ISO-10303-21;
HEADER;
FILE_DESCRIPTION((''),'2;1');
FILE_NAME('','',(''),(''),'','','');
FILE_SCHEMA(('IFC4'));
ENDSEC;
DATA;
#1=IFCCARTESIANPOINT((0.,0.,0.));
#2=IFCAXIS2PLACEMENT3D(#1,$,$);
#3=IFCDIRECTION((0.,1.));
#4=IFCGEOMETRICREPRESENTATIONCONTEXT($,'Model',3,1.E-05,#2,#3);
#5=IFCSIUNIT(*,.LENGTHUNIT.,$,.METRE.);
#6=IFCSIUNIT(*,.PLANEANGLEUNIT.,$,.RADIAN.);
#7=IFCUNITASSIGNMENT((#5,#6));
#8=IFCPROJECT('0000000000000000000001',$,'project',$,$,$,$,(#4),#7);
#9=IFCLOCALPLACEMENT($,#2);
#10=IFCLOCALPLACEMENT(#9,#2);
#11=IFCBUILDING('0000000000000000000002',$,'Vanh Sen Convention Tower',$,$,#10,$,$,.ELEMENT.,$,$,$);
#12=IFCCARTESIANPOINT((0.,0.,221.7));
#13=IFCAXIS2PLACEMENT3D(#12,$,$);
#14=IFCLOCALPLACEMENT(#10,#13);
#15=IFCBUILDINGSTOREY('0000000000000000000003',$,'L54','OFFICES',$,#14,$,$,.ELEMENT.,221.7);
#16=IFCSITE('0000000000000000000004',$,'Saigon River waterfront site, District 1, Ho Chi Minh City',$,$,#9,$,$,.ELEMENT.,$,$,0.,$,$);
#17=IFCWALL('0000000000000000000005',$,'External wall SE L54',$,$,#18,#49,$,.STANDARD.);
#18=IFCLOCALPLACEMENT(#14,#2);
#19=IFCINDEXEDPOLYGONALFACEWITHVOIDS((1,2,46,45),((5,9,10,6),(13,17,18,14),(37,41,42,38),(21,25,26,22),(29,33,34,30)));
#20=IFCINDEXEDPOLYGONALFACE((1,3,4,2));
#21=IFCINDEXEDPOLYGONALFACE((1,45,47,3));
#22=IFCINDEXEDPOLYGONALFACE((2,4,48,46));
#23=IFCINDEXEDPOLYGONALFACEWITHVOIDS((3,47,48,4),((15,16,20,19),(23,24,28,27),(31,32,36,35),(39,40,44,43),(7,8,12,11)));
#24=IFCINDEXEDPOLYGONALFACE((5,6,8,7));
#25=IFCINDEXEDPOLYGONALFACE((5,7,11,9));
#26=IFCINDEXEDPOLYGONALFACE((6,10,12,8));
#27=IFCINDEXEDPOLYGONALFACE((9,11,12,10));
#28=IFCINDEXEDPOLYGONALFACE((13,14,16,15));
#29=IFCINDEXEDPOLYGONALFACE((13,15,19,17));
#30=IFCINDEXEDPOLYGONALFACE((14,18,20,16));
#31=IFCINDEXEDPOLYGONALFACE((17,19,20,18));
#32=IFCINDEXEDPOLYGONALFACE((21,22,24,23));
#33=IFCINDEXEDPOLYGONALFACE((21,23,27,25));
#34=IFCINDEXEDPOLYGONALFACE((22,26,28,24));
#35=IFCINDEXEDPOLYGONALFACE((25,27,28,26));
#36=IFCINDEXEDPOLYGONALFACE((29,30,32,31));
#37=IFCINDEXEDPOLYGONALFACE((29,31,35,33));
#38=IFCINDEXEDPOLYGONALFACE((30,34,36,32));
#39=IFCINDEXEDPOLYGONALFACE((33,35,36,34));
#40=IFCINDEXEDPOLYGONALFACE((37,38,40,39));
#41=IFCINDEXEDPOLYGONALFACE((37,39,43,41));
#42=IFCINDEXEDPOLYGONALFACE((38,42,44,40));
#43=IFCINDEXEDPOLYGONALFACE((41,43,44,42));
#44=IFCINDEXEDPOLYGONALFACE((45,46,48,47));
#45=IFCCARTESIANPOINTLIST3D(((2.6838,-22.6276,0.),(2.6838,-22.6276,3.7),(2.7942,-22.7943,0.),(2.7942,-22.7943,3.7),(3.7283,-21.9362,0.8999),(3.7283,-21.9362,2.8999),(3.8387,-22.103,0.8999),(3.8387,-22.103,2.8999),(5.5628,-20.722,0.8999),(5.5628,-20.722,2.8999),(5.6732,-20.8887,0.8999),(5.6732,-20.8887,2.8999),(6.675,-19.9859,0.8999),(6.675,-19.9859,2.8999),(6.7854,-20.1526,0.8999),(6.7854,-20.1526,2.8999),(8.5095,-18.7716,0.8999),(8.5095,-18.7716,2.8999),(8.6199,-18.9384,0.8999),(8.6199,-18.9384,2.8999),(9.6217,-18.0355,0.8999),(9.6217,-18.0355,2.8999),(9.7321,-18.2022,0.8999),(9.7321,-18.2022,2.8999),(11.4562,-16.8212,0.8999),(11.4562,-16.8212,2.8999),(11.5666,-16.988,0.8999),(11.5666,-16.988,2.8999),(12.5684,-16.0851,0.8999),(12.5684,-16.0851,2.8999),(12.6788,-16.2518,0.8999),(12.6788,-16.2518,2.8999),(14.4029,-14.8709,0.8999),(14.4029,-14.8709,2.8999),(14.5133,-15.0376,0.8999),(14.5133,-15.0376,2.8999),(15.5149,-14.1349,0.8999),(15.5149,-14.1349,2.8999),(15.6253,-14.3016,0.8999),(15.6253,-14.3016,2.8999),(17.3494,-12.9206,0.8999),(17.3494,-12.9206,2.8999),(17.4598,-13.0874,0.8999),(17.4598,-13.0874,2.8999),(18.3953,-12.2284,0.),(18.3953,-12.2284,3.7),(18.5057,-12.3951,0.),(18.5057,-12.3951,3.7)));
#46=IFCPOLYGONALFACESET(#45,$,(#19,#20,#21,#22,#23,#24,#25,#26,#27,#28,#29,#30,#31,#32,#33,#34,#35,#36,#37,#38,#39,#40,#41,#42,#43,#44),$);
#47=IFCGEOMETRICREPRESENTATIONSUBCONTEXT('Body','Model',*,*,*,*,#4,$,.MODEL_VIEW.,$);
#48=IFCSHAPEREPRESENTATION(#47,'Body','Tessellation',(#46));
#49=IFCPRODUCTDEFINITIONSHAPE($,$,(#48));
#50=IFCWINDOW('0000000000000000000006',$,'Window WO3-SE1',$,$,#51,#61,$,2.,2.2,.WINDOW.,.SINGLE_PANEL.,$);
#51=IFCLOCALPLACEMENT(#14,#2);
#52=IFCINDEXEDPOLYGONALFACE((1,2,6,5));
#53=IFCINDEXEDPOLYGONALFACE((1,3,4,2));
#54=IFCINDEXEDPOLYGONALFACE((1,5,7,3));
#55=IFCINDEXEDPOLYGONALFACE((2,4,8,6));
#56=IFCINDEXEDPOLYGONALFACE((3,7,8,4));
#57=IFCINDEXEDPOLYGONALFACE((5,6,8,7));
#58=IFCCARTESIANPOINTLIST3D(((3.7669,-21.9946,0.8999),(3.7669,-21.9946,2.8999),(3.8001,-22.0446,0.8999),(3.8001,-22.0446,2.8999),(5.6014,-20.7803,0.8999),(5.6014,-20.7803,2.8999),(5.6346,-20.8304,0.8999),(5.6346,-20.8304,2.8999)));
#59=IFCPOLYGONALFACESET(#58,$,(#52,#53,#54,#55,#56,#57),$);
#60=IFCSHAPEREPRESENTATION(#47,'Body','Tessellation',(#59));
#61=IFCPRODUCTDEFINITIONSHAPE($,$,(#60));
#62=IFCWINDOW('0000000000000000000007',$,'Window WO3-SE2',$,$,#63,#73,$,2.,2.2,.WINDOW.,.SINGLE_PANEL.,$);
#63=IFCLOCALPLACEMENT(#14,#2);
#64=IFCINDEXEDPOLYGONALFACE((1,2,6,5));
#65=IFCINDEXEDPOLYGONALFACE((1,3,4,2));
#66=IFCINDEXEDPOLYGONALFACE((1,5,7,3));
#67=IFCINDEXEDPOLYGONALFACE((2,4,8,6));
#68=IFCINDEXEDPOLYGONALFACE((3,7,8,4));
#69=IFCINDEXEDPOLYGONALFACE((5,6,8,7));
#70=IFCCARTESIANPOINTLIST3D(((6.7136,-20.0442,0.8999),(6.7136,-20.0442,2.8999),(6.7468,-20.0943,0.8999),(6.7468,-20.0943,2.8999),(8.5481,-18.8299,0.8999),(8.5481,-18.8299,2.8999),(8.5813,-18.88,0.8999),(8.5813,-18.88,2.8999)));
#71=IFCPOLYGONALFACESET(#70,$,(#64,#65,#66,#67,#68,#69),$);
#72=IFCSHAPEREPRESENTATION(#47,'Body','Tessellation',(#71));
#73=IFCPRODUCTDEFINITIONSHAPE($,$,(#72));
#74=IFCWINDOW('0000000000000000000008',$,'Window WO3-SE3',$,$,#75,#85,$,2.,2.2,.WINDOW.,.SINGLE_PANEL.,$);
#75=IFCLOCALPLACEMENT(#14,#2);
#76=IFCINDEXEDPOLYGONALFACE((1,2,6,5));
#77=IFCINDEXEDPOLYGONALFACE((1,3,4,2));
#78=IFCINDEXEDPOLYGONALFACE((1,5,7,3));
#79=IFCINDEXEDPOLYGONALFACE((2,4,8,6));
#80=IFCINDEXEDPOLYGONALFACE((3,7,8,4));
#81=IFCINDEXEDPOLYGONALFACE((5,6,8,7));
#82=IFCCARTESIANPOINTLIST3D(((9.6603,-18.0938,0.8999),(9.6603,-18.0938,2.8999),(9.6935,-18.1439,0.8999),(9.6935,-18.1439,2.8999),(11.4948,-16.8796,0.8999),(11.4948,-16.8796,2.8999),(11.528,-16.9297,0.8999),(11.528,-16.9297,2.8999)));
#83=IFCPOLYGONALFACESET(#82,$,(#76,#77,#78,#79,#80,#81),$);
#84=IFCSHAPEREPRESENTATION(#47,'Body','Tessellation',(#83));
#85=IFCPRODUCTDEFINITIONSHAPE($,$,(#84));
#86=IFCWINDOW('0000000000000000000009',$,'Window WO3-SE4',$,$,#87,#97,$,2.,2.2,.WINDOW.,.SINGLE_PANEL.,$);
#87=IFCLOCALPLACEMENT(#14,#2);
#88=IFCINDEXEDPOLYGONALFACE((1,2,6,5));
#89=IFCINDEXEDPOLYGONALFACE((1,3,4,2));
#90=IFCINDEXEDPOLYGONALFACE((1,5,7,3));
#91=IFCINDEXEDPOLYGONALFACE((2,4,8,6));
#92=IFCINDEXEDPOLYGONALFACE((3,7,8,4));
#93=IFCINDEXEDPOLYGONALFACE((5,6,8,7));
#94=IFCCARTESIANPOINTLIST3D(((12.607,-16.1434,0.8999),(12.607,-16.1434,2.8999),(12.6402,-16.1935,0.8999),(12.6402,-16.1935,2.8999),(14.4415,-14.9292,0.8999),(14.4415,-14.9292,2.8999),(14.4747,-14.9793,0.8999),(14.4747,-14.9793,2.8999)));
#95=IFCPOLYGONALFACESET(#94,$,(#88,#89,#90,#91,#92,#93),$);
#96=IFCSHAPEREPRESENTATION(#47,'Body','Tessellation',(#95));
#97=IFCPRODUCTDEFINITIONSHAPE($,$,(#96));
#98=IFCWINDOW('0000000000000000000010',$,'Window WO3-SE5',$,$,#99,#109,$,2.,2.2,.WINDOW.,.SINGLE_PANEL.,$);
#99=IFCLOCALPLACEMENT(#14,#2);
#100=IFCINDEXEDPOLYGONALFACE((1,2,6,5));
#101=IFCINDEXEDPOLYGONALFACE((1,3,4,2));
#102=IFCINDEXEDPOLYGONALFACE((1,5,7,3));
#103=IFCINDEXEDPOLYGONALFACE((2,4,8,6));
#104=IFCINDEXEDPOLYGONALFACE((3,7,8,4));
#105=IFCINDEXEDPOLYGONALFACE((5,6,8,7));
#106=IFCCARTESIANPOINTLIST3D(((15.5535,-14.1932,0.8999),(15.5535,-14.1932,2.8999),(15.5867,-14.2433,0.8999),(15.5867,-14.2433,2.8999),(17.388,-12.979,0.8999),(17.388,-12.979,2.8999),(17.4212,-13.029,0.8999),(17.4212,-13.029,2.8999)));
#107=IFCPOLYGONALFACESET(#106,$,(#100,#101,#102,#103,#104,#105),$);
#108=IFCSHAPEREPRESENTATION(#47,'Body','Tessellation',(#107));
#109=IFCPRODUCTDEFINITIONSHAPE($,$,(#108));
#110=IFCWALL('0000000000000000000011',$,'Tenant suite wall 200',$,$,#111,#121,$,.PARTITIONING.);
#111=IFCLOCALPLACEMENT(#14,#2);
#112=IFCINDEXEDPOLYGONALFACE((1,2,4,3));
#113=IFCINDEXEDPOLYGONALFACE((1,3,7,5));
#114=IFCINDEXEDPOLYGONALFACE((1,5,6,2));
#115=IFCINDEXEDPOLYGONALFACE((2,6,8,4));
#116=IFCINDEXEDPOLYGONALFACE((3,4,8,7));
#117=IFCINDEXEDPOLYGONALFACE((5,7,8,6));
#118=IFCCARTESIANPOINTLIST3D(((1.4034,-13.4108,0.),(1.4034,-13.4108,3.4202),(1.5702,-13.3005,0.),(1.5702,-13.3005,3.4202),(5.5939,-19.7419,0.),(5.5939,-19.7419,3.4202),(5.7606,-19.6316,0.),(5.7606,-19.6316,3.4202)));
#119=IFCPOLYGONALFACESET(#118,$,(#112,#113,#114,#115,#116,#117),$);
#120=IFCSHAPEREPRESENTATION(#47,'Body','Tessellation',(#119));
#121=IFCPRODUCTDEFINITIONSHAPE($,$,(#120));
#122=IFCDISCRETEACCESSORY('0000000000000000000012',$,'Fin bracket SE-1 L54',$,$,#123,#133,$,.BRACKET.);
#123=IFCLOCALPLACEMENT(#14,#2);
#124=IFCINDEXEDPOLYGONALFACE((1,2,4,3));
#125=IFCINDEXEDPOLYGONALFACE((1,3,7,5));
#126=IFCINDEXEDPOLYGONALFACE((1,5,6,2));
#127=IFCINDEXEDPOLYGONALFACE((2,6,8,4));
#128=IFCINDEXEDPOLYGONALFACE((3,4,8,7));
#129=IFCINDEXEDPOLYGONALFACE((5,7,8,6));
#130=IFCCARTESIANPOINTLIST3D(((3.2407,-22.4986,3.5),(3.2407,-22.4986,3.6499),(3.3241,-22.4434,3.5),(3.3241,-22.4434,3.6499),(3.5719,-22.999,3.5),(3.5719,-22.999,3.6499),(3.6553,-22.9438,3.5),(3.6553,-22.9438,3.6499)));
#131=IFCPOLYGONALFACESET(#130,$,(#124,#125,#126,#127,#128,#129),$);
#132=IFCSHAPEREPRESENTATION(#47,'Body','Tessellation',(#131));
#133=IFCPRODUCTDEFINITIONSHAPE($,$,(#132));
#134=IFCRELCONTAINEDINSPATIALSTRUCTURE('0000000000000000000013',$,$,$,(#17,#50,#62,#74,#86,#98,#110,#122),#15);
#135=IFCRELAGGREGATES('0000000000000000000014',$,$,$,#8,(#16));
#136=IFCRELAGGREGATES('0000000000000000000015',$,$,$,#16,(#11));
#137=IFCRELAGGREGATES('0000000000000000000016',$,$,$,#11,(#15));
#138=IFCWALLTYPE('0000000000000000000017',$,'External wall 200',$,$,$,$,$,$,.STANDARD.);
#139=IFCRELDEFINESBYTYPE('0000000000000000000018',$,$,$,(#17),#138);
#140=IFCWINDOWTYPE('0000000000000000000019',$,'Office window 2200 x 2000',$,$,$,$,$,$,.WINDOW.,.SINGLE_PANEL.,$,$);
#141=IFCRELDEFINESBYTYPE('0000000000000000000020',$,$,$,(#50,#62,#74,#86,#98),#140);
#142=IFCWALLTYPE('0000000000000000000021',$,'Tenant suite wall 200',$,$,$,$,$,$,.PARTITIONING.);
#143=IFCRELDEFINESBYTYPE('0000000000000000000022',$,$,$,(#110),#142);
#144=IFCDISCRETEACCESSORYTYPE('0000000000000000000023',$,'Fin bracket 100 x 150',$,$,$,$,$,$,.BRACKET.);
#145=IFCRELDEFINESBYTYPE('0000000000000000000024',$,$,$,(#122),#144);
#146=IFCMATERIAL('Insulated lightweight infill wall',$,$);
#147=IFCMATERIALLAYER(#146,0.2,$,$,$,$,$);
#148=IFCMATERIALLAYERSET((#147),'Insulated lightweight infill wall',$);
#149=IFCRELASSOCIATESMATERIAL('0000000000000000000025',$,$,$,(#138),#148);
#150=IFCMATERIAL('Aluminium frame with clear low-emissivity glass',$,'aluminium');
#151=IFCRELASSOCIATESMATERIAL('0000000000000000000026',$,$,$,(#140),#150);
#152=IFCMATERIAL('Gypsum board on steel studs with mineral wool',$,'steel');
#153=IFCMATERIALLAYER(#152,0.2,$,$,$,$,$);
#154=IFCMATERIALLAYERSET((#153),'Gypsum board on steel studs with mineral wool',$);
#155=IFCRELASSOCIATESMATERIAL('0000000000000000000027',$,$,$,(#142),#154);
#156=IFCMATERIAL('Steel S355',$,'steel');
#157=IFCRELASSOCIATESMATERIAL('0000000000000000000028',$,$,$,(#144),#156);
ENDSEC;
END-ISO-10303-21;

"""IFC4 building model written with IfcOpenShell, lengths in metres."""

from ifc_helpers import new_model, si_unit, direction, frame, frame_2d, origin, origin_2d, place, context, subcontext, project, spatial, rectangle, extrude, material, layer, layer_set, type_object, element, fill, save


model = new_model("IFC4")

# Units and contexts
model_context = context("Model", 3, precision=1e-05, world=origin(), true_north=direction((0.0, 1.0)))
body_context = subcontext(model_context, "Body", "Model", "MODEL_VIEW")
ifc_project = project(units=[si_unit("LENGTHUNIT", "METRE"), si_unit("PLANEANGLEUNIT", "RADIAN")], contexts=[model_context])

# Site, building, storey
site_placement = place(None, origin())
site = spatial("IfcSite", under=ifc_project, at=site_placement, Name="Saigon River waterfront site, District 1, Ho Chi Minh City", CompositionType="ELEMENT", RefElevation=0.0)
building_placement = place(site_placement, origin())
building = spatial("IfcBuilding", under=site, at=building_placement, Name="Vanh Sen Convention Tower", CompositionType="ELEMENT")
storey_placement = place(building_placement, frame((0.0, 0.0, 221.7)))
storey = spatial("IfcBuildingStorey", under=building, at=storey_placement, Name="L54", Description="OFFICES", CompositionType="ELEMENT", Elevation=221.7)

# Shared definitions
ifc_material_1 = material(Name="Gypsum board on steel studs with mineral wool", Category="steel")

# Wall, openings, windows
ifc_material_2 = material(Name="Insulated lightweight infill wall")
ifc_layer_1 = layer(ifc_material_2, 0.2)
ifc_layer_set_1 = layer_set([ifc_layer_1], Name="Insulated lightweight infill wall")
wall_type_1 = type_object("IfcWallType", Name="External wall 200", PredefinedType="STANDARD", material=ifc_layer_set_1)
wall_1_placement = place(storey_placement, frame((2.739, -22.7109, 0.0), z_axis=(0.0, 0.0, 1.0), x_axis=(0.833886, 0.551937, 0.0)))
wall_1 = element("IfcWall", 1, at=wall_1_placement, inside=storey, type_object=wall_type_1, Name="External wall SE L54", PredefinedType="STANDARD", context=body_context, shape_type="SweptSolid", body=[
    extrude(rectangle(XDim=18.8413, YDim=0.2, at=frame_2d((9.4207, 0.0))), origin(), (0.0, 0.0, 1.0), 3.7),
])
opening_1_placement = place(wall_1_placement, frame((1.2524, 0.0, 0.8999)))
opening_1 = element("IfcOpeningElement", 2, at=opening_1_placement, cuts=wall_1, PredefinedType="OPENING", context=body_context, shape_type="SweptSolid", body=[
    extrude(rectangle(XDim=2.2, YDim=2.0, at=frame_2d((1.1001, 1.0))), frame((0.0, 0.1099, 0.0), z_axis=(0.0, -1.0, 0.0), x_axis=(1.0, 0.0, 0.0)), (0.0, 0.0, 1.0), 0.22),
])
opening_2_placement = place(wall_1_placement, frame((4.7861, 0.0, 0.8999)))
opening_2 = element("IfcOpeningElement", 3, at=opening_2_placement, cuts=wall_1, PredefinedType="OPENING", context=body_context, shape_type="SweptSolid", body=[
    extrude(rectangle(XDim=2.2, YDim=2.0, at=frame_2d((1.1001, 1.0))), frame((0.0, 0.1099, 0.0), z_axis=(0.0, -1.0, 0.0), x_axis=(1.0, 0.0, 0.0)), (0.0, 0.0, 1.0), 0.22),
])
opening_3_placement = place(wall_1_placement, frame((8.3198, 0.0, 0.8999)))
opening_3 = element("IfcOpeningElement", 4, at=opening_3_placement, cuts=wall_1, PredefinedType="OPENING", context=body_context, shape_type="SweptSolid", body=[
    extrude(rectangle(XDim=2.2, YDim=2.0, at=frame_2d((1.1001, 1.0))), frame((0.0, 0.1099, 0.0), z_axis=(0.0, -1.0, 0.0), x_axis=(1.0, 0.0, 0.0)), (0.0, 0.0, 1.0), 0.22),
])
opening_4_placement = place(wall_1_placement, frame((11.8535, 0.0, 0.8999)))
opening_4 = element("IfcOpeningElement", 5, at=opening_4_placement, cuts=wall_1, PredefinedType="OPENING", context=body_context, shape_type="SweptSolid", body=[
    extrude(rectangle(XDim=2.2, YDim=2.0, at=frame_2d((1.1001, 1.0))), frame((0.0, 0.1099, 0.0), z_axis=(0.0, -1.0, 0.0), x_axis=(1.0, 0.0, 0.0)), (0.0, 0.0, 1.0), 0.22),
])
opening_5_placement = place(wall_1_placement, frame((15.387, 0.0, 0.8999)))
opening_5 = element("IfcOpeningElement", 6, at=opening_5_placement, cuts=wall_1, PredefinedType="OPENING", context=body_context, shape_type="SweptSolid", body=[
    extrude(rectangle(XDim=2.2, YDim=2.0, at=frame_2d((1.1001, 1.0))), frame((0.0, 0.1099, 0.0), z_axis=(0.0, -1.0, 0.0), x_axis=(1.0, 0.0, 0.0)), (0.0, 0.0, 1.0), 0.22),
])
ifc_material_3 = material(Name="Aluminium frame with clear low-emissivity glass", Category="aluminium")
window_type = type_object("IfcWindowType", Name="Office window 2200 x 2000", PartitioningType="SINGLE_PANEL", PredefinedType="WINDOW", material=ifc_material_3)
window_1_placement = place(opening_1_placement, origin())
window_1 = element("IfcWindow", 7, at=window_1_placement, inside=storey, type_object=window_type, Name="Window WO3-SE1", OverallHeight=2.0, OverallWidth=2.2, PartitioningType="SINGLE_PANEL", PredefinedType="WINDOW", context=body_context, shape_type="SweptSolid", body=[
    extrude(rectangle(XDim=2.2, YDim=2.0, at=frame_2d((1.1001, 1.0))), frame((0.0, 0.03, 0.0), z_axis=(0.0, -1.0, 0.0), x_axis=(1.0, 0.0, 0.0)), (0.0, 0.0, 1.0), 0.0601),
])
fill(opening_1, window_1)
window_2_placement = place(opening_2_placement, origin())
window_2 = element("IfcWindow", 8, at=window_2_placement, inside=storey, type_object=window_type, Name="Window WO3-SE2", OverallHeight=2.0, OverallWidth=2.2, PartitioningType="SINGLE_PANEL", PredefinedType="WINDOW", context=body_context, shape_type="SweptSolid", body=[
    extrude(rectangle(XDim=2.2, YDim=2.0, at=frame_2d((1.1001, 1.0))), frame((0.0, 0.03, 0.0), z_axis=(0.0, -1.0, 0.0), x_axis=(1.0, 0.0, 0.0)), (0.0, 0.0, 1.0), 0.0601),
])
fill(opening_2, window_2)
window_3_placement = place(opening_3_placement, origin())
window_3 = element("IfcWindow", 9, at=window_3_placement, inside=storey, type_object=window_type, Name="Window WO3-SE3", OverallHeight=2.0, OverallWidth=2.2, PartitioningType="SINGLE_PANEL", PredefinedType="WINDOW", context=body_context, shape_type="SweptSolid", body=[
    extrude(rectangle(XDim=2.2, YDim=2.0, at=frame_2d((1.1001, 1.0))), frame((0.0, 0.03, 0.0), z_axis=(0.0, -1.0, 0.0), x_axis=(1.0, 0.0, 0.0)), (0.0, 0.0, 1.0), 0.0601),
])
fill(opening_3, window_3)
window_4_placement = place(opening_4_placement, origin())
window_4 = element("IfcWindow", 10, at=window_4_placement, inside=storey, type_object=window_type, Name="Window WO3-SE4", OverallHeight=2.0, OverallWidth=2.2, PartitioningType="SINGLE_PANEL", PredefinedType="WINDOW", context=body_context, shape_type="SweptSolid", body=[
    extrude(rectangle(XDim=2.2, YDim=2.0, at=frame_2d((1.1001, 1.0))), frame((0.0, 0.03, 0.0), z_axis=(0.0, -1.0, 0.0), x_axis=(1.0, 0.0, 0.0)), (0.0, 0.0, 1.0), 0.0601),
])
fill(opening_4, window_4)
window_5_placement = place(opening_5_placement, origin())
window_5 = element("IfcWindow", 11, at=window_5_placement, inside=storey, type_object=window_type, Name="Window WO3-SE5", OverallHeight=2.0, OverallWidth=2.2, PartitioningType="SINGLE_PANEL", PredefinedType="WINDOW", context=body_context, shape_type="SweptSolid", body=[
    extrude(rectangle(XDim=2.2, YDim=2.0, at=frame_2d((1.1001, 1.0))), frame((0.0, 0.03, 0.0), z_axis=(0.0, -1.0, 0.0), x_axis=(1.0, 0.0, 0.0)), (0.0, 0.0, 1.0), 0.0601),
])
fill(opening_5, window_5)

# Wall
ifc_layer_2 = layer(ifc_material_1, 0.2)
ifc_layer_set_2 = layer_set([ifc_layer_2], Name="Gypsum board on steel studs with mineral wool")
wall_type_2 = type_object("IfcWallType", Name="Tenant suite wall 200", PredefinedType="PARTITIONING", material=ifc_layer_set_2)
wall_2_placement = place(storey_placement, frame((5.6772, -19.6868, 0.0), z_axis=(0.0, 0.0, 1.0), x_axis=(-0.551937, 0.833886, 0.0)))
element("IfcWall", 12, at=wall_2_placement, inside=storey, type_object=wall_type_2, Name="Tenant suite wall 200", PredefinedType="PARTITIONING", context=body_context, shape_type="SweptSolid", body=[
    extrude(rectangle(XDim=7.5923, YDim=0.2, at=frame_2d((3.7961, 0.0))), origin(), (0.0, 0.0, 1.0), 3.4202),
])

# Discrete accessory
ifc_material_4 = material(Name="Steel S355", Category="steel")
discrete_accessory_type = type_object("IfcDiscreteAccessoryType", Name="Fin bracket 100 x 150", PredefinedType="BRACKET", material=ifc_material_4)
discrete_accessory_placement = place(storey_placement, frame((3.448, -22.7212, 3.5), z_axis=(0.0, 0.0, 1.0), x_axis=(0.551937, -0.833886, 0.0)))
element("IfcDiscreteAccessory", 13, at=discrete_accessory_placement, inside=storey, type_object=discrete_accessory_type, Name="Fin bracket SE-1 L54", PredefinedType="BRACKET", context=body_context, shape_type="SweptSolid", body=[
    extrude(rectangle(XDim=0.6001, YDim=0.1001, at=origin_2d()), origin(), (0.0, 0.0, 1.0), 0.1499),
])

save(model, "model.ifc")
